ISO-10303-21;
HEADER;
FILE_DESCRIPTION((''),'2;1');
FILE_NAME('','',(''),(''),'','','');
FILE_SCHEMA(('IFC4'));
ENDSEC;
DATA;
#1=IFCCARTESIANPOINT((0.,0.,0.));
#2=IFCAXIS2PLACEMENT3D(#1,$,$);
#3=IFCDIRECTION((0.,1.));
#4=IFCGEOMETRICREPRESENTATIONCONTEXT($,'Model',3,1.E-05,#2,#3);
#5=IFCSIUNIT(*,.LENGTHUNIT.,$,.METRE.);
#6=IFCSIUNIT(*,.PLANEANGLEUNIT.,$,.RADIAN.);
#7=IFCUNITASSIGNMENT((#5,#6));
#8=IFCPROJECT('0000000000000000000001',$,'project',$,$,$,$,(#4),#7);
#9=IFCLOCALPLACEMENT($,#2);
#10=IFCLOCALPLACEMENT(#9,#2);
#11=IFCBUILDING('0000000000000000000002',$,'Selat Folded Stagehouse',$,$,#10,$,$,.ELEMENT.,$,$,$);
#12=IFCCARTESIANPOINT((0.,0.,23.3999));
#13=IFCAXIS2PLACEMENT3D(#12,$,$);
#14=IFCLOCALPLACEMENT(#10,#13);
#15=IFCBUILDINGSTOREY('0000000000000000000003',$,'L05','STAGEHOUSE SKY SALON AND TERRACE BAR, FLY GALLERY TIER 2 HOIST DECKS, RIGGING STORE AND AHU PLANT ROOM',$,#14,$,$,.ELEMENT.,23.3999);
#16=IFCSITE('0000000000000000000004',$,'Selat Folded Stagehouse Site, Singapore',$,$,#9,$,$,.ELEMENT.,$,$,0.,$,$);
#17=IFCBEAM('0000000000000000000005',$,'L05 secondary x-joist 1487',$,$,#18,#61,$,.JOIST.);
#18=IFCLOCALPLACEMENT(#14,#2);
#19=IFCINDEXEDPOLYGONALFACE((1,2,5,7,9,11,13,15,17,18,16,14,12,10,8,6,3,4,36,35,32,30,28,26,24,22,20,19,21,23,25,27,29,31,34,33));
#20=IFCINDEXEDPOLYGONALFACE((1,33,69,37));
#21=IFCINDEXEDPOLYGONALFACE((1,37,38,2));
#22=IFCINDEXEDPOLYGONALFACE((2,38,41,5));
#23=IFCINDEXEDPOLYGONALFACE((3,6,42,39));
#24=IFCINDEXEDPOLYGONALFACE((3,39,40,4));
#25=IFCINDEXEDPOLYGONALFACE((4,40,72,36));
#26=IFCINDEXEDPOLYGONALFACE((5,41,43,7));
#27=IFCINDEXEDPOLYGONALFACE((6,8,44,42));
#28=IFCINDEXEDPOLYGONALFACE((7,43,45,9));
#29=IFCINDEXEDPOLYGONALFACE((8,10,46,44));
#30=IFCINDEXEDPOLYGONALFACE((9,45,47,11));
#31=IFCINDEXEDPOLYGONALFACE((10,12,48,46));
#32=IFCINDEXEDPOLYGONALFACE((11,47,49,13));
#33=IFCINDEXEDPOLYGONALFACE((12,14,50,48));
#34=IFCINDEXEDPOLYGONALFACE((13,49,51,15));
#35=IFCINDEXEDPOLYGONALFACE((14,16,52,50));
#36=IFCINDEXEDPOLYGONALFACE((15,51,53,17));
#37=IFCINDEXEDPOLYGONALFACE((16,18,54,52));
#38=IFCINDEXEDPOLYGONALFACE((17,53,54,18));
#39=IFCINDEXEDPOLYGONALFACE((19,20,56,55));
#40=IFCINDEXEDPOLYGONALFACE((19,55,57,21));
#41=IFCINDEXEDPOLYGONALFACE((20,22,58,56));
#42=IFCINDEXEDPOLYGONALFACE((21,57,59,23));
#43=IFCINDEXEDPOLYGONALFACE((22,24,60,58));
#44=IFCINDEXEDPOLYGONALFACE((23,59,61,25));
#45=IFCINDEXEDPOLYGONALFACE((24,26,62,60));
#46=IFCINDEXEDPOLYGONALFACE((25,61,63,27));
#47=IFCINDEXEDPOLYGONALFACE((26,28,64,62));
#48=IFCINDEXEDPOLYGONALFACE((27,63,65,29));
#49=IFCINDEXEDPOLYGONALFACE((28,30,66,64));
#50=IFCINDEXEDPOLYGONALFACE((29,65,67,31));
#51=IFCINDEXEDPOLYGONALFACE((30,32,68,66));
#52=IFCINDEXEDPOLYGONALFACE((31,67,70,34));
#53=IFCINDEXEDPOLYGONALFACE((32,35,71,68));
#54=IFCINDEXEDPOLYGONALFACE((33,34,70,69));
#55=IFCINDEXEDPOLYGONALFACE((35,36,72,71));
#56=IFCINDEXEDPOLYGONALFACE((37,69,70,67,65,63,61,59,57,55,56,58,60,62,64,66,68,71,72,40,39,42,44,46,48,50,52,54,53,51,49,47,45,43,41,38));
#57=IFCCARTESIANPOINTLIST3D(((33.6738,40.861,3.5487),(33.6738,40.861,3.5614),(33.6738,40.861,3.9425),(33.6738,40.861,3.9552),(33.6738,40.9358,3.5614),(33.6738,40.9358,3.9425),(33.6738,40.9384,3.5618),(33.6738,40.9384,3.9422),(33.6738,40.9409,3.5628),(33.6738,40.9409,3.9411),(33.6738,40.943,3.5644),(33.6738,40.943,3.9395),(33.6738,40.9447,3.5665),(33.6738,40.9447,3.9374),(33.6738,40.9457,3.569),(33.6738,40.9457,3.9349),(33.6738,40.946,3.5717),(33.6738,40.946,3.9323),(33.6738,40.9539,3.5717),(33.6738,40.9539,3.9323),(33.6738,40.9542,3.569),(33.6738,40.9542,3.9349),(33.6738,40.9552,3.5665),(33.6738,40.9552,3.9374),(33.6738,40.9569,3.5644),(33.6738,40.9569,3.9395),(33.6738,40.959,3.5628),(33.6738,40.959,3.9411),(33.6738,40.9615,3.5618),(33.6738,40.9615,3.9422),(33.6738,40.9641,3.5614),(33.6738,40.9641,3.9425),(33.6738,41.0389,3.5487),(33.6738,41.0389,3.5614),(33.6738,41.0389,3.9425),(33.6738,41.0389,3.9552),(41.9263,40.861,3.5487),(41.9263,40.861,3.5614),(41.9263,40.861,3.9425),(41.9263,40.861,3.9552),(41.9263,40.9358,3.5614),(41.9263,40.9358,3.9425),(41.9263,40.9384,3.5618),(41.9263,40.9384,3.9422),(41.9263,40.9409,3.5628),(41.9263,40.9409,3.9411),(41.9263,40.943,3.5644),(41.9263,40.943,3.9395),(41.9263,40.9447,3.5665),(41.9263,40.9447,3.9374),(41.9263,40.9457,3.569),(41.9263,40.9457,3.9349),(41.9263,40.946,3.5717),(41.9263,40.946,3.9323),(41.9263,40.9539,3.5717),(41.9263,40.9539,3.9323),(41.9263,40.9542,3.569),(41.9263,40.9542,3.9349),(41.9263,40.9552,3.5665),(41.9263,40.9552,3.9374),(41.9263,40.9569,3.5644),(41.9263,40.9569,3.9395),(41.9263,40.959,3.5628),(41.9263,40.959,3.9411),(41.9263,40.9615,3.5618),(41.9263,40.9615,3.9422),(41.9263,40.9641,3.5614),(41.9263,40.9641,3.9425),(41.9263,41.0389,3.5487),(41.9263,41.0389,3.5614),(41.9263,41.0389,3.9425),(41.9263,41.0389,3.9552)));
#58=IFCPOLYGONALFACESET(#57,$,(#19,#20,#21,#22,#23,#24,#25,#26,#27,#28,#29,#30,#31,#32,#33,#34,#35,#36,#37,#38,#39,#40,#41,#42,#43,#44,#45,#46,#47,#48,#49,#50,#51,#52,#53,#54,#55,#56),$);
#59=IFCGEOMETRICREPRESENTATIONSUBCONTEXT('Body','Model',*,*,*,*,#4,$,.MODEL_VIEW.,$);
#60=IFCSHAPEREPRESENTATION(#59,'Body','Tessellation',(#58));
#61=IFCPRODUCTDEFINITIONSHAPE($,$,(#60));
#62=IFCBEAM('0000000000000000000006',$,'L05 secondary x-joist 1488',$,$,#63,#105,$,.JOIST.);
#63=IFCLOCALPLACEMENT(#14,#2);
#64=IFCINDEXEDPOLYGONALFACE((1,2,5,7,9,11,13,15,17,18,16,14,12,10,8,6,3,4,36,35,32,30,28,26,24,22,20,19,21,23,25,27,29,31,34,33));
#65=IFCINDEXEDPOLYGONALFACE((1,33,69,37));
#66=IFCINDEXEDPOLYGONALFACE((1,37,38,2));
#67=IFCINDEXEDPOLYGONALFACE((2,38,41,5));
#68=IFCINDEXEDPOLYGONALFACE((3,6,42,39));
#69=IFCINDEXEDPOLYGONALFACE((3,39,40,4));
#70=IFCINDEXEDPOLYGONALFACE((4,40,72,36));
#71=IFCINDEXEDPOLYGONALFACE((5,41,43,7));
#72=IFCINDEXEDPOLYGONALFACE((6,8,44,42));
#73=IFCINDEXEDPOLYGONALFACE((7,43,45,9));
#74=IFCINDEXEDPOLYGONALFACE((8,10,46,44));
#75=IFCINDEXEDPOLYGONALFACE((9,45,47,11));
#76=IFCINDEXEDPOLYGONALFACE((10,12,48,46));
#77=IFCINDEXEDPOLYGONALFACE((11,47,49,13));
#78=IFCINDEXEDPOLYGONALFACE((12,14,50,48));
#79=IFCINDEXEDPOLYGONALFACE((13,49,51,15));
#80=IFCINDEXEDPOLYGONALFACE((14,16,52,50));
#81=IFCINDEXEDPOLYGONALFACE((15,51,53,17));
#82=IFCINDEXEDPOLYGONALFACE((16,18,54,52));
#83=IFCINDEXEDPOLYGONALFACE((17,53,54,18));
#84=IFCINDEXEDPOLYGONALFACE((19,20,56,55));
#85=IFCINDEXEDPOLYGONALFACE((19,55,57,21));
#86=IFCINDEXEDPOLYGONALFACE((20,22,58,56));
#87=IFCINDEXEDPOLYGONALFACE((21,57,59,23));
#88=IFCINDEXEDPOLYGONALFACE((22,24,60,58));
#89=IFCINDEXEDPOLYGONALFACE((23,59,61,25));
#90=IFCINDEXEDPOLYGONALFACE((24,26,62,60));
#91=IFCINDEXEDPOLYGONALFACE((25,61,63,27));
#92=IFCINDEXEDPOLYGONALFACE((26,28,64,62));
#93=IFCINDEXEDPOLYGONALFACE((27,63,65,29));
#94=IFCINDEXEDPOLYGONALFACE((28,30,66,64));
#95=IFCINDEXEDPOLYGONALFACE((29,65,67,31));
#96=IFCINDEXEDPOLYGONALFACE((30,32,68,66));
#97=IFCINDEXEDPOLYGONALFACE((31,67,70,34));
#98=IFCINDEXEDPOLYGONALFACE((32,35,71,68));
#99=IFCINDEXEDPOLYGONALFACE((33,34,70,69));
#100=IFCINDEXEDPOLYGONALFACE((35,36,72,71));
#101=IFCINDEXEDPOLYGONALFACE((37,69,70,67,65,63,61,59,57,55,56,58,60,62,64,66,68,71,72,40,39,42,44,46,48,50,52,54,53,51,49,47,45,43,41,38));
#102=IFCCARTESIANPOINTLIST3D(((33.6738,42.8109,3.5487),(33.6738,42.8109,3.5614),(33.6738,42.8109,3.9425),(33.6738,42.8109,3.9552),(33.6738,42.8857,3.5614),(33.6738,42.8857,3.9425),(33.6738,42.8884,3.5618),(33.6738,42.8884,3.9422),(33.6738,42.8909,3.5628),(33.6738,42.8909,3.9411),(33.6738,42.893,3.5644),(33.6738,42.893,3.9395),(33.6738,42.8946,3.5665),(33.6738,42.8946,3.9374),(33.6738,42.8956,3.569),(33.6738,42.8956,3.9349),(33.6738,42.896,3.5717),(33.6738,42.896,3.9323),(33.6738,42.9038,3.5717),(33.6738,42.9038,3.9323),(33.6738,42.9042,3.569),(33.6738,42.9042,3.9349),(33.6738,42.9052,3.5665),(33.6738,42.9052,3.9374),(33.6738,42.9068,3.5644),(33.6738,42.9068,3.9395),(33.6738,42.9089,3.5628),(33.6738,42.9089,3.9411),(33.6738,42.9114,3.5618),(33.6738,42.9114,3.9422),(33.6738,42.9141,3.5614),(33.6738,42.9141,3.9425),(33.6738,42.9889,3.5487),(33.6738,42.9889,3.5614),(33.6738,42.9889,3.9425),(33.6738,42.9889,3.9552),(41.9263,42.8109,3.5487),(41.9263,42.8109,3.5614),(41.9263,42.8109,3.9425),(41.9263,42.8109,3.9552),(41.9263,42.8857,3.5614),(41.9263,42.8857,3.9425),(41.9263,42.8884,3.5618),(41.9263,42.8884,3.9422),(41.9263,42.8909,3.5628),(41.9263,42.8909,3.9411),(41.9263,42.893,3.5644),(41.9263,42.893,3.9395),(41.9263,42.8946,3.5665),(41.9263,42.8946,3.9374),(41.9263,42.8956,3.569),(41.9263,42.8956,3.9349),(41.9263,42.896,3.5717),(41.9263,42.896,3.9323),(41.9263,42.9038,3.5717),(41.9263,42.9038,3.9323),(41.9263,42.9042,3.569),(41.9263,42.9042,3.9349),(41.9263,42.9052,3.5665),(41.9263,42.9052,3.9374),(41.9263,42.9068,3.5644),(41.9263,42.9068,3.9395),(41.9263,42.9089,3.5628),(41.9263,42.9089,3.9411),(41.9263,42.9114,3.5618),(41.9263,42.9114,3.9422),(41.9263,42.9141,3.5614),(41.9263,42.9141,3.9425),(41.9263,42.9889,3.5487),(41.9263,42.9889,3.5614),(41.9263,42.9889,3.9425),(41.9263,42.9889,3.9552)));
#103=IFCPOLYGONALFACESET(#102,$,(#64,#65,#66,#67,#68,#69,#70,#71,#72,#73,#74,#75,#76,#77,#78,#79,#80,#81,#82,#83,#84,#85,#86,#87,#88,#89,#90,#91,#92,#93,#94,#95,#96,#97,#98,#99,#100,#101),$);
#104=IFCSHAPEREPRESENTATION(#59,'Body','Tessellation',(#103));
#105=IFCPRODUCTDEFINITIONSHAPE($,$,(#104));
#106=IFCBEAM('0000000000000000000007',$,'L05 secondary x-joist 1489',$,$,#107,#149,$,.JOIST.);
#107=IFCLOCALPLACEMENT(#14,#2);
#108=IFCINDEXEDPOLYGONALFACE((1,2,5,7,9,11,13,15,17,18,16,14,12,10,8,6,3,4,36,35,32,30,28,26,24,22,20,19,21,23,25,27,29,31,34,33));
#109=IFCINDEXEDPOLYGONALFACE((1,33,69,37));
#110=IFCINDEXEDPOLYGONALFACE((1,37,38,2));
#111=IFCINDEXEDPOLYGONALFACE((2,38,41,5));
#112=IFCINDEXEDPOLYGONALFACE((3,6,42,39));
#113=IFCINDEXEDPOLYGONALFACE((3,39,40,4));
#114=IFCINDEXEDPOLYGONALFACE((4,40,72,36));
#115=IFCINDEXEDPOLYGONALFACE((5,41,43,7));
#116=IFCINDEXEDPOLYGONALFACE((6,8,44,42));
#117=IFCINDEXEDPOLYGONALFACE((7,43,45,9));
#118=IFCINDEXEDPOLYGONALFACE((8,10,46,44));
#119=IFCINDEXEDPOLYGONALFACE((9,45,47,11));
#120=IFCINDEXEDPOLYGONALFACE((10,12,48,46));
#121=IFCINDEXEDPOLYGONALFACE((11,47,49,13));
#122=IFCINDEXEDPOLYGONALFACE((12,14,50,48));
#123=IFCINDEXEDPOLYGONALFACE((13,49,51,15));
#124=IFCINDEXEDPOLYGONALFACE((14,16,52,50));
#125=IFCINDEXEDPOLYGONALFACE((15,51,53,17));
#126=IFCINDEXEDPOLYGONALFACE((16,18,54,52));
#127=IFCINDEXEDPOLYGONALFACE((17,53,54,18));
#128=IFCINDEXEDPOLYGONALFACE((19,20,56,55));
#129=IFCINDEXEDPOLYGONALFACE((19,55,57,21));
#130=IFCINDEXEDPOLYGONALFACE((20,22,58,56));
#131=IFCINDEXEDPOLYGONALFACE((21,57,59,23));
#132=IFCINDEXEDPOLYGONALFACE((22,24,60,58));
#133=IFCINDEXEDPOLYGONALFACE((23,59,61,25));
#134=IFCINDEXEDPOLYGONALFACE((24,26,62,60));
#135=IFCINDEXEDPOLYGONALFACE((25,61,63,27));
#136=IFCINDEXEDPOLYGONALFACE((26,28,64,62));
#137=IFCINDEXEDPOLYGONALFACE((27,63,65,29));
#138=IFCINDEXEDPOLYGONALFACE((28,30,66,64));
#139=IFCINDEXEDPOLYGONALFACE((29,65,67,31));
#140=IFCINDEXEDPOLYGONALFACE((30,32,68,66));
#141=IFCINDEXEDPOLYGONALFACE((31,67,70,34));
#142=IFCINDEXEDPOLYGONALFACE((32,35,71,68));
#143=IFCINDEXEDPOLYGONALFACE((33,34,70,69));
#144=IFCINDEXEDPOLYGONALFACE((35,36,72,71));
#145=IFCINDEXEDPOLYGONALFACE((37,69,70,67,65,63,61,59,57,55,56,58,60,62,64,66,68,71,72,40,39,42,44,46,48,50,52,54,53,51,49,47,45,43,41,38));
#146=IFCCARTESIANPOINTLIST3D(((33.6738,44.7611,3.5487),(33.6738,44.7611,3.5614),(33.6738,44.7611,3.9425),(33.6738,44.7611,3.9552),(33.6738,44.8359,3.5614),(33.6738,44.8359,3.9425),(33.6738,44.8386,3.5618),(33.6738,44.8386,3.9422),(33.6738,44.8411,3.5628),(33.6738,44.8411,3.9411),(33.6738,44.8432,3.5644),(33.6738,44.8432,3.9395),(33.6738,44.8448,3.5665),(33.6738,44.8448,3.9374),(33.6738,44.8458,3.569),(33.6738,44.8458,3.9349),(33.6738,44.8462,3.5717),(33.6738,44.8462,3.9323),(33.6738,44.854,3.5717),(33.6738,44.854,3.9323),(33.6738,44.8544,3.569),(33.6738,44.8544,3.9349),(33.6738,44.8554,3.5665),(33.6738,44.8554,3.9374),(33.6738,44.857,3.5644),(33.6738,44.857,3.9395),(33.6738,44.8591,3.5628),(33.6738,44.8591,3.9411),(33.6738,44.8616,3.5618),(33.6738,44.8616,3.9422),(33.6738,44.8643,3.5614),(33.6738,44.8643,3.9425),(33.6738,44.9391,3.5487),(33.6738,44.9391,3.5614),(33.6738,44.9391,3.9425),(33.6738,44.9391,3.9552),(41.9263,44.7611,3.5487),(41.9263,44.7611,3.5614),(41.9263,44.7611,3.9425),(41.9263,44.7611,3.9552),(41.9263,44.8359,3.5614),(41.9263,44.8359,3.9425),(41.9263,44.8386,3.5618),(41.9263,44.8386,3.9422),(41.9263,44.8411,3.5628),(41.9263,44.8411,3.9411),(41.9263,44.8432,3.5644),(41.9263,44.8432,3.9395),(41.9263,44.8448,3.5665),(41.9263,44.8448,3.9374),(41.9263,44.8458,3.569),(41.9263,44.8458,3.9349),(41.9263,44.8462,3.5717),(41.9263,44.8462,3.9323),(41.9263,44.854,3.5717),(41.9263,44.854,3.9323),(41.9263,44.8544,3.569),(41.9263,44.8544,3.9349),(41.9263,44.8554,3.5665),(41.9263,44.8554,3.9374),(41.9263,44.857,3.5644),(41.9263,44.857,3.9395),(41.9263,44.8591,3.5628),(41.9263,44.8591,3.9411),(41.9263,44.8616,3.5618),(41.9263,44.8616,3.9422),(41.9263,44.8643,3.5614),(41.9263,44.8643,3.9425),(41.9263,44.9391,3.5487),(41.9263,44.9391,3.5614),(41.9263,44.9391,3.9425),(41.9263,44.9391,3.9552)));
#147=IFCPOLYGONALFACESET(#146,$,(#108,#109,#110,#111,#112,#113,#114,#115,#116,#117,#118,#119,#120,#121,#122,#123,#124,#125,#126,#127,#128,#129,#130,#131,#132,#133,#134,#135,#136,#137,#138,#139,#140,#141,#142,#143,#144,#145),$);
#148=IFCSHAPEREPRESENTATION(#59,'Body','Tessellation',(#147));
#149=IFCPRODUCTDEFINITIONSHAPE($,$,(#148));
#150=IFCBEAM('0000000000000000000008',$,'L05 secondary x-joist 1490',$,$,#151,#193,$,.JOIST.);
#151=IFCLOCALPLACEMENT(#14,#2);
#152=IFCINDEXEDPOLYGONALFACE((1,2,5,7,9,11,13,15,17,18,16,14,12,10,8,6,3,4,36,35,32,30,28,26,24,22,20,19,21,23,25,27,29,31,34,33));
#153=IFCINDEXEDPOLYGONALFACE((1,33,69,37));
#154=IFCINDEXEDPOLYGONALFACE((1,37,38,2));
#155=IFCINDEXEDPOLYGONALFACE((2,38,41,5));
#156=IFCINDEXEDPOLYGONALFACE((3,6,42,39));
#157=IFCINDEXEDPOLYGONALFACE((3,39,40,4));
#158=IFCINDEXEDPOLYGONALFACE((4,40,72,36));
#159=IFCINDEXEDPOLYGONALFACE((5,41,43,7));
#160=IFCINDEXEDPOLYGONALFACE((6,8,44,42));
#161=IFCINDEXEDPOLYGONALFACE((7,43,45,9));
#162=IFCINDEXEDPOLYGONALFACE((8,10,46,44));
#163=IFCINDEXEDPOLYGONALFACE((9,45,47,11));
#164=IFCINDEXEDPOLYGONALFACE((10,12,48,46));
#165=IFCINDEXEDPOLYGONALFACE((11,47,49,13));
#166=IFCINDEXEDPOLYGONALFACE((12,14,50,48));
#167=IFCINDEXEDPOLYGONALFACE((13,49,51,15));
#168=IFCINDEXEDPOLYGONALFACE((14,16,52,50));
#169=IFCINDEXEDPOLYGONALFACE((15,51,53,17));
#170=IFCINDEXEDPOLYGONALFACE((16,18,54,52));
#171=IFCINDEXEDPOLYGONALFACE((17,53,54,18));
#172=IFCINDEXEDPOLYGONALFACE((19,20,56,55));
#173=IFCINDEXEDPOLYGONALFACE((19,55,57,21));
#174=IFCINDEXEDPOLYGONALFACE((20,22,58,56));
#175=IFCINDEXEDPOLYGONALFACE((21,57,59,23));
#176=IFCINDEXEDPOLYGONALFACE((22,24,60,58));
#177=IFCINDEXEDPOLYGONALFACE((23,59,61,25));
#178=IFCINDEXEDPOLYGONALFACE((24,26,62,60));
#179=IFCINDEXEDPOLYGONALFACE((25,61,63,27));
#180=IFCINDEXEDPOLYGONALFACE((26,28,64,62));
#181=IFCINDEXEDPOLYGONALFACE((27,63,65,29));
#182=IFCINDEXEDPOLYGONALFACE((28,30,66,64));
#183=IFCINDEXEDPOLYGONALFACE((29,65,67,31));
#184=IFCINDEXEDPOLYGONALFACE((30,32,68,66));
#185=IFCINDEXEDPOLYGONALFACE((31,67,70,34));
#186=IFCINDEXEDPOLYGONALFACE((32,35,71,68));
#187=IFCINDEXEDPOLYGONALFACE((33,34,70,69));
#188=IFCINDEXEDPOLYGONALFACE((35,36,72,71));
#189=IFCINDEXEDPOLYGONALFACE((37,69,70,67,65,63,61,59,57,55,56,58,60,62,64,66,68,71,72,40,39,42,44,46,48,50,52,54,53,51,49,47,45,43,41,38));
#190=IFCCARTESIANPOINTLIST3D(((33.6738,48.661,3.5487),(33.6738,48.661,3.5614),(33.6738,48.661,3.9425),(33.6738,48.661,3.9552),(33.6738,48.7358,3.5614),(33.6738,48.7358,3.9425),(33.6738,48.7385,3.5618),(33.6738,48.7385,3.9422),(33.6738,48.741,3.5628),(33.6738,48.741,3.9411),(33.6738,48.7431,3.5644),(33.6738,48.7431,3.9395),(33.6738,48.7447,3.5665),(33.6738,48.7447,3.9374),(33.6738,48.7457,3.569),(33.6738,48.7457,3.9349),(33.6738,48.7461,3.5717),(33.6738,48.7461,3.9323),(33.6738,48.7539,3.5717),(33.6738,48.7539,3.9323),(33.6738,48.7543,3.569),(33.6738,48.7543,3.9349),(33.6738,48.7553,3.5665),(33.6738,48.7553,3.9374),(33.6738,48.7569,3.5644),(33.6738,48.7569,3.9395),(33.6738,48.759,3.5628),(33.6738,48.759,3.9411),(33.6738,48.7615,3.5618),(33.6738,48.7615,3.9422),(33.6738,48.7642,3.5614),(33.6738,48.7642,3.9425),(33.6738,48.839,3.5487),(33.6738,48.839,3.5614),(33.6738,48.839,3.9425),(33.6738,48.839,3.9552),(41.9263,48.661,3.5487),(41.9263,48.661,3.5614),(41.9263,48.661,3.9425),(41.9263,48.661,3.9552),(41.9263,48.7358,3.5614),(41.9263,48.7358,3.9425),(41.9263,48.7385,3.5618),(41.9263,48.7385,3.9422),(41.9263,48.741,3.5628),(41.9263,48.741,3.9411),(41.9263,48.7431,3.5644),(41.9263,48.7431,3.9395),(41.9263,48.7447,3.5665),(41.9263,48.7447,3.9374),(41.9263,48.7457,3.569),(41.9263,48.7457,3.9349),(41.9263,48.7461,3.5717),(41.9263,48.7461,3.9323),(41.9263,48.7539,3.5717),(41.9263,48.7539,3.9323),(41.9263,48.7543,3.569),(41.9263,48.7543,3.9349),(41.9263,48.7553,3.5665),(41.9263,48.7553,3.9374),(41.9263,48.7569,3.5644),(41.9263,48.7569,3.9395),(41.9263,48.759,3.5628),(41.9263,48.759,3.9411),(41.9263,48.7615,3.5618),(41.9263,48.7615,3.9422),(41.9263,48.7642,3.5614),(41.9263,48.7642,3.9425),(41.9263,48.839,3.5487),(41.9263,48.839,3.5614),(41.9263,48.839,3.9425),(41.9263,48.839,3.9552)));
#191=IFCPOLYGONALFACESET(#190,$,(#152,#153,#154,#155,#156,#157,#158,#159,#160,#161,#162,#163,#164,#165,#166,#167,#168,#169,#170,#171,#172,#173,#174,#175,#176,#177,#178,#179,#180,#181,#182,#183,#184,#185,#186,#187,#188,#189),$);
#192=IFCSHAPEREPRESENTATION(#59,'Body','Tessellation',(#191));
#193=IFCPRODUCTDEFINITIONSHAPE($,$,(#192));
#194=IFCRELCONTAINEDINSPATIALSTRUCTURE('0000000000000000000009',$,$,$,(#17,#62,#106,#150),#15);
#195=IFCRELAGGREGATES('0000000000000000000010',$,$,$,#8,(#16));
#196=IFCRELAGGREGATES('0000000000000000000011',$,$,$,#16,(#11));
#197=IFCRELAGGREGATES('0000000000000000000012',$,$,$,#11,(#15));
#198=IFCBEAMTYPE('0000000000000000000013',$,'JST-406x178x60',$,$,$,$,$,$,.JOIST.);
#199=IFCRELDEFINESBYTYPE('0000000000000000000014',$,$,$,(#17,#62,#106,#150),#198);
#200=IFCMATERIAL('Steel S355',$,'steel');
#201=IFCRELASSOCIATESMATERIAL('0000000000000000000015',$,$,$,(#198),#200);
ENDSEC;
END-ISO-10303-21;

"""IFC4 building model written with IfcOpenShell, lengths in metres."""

from ifc_helpers import new_model, si_unit, direction, frame, origin, origin_2d, place, context, subcontext, project, spatial, i_section, extrude, material, material_profile, profile_set, type_object, element, save


model = new_model("IFC4")

# Units and contexts
model_context = context("Model", 3, precision=1e-05, world=origin(), true_north=direction((0.0, 1.0)))
body_context = subcontext(model_context, "Body", "Model", "MODEL_VIEW")
ifc_project = project(units=[si_unit("LENGTHUNIT", "METRE"), si_unit("PLANEANGLEUNIT", "RADIAN")], contexts=[model_context])

# Site, building, storey
site_placement = place(None, origin())
site = spatial("IfcSite", under=ifc_project, at=site_placement, Name="Selat Folded Stagehouse Site, Singapore", CompositionType="ELEMENT", RefElevation=0.0)
building_placement = place(site_placement, origin())
building = spatial("IfcBuilding", under=site, at=building_placement, Name="Selat Folded Stagehouse", CompositionType="ELEMENT")
storey_placement = place(building_placement, frame((0.0, 0.0, 23.3999)))
storey = spatial("IfcBuildingStorey", under=building, at=storey_placement, Name="L05", Description="STAGEHOUSE SKY SALON AND TERRACE BAR, FLY GALLERY TIER 2 HOIST DECKS, RIGGING STORE AND AHU PLANT ROOM", CompositionType="ELEMENT", Elevation=23.3999)

# Shared definitions
ifc_material_1 = material(Name="Steel S355", Category="steel")

# Beams
ifc_material_profile_1 = material_profile(ifc_material_1, i_section(OverallWidth=0.178, OverallDepth=0.4065, WebThickness=0.0078, FlangeThickness=0.0127, FilletRadius=0.0103, at=origin_2d()), Name="UKB 406x178x60")
ifc_profile_set_1 = profile_set([ifc_material_profile_1], Name="Steel S355")
beam_type_1 = type_object("IfcBeamType", Name="JST-406x178x60", PredefinedType="JOIST", material=ifc_profile_set_1)
for number, where, z_axis, x_axis, name in (
    (1, (33.6738, 40.95, 3.752), (1.0, 0.0, 0.0), (0.0, 1.0, 0.0), "L05 secondary x-joist 1487"),
    (2, (33.6738, 42.8999, 3.752), (1.0, 0.0, 0.0), (0.0, 1.0, 0.0), "L05 secondary x-joist 1488"),
    (3, (33.6738, 44.8501, 3.752), (1.0, 0.0, 0.0), (0.0, 1.0, 0.0), "L05 secondary x-joist 1489"),
    (4, (33.6738, 48.75, 3.752), (1.0, 0.0, 0.0), (0.0, 1.0, 0.0), "L05 secondary x-joist 1490"),
):
    element("IfcBeam", number, at=place(storey_placement, frame(where, z_axis=z_axis, x_axis=x_axis)), inside=storey, type_object=beam_type_1, Name=name, PredefinedType="JOIST", context=body_context, shape_type="SweptSolid", body=[
        extrude(i_section(OverallWidth=0.178, OverallDepth=0.4065, WebThickness=0.0078, FlangeThickness=0.0127, FilletRadius=0.0103, at=origin_2d()), origin(), (0.0, 0.0, 1.0), 8.2524),
    ])

save(model, "model.ifc")
